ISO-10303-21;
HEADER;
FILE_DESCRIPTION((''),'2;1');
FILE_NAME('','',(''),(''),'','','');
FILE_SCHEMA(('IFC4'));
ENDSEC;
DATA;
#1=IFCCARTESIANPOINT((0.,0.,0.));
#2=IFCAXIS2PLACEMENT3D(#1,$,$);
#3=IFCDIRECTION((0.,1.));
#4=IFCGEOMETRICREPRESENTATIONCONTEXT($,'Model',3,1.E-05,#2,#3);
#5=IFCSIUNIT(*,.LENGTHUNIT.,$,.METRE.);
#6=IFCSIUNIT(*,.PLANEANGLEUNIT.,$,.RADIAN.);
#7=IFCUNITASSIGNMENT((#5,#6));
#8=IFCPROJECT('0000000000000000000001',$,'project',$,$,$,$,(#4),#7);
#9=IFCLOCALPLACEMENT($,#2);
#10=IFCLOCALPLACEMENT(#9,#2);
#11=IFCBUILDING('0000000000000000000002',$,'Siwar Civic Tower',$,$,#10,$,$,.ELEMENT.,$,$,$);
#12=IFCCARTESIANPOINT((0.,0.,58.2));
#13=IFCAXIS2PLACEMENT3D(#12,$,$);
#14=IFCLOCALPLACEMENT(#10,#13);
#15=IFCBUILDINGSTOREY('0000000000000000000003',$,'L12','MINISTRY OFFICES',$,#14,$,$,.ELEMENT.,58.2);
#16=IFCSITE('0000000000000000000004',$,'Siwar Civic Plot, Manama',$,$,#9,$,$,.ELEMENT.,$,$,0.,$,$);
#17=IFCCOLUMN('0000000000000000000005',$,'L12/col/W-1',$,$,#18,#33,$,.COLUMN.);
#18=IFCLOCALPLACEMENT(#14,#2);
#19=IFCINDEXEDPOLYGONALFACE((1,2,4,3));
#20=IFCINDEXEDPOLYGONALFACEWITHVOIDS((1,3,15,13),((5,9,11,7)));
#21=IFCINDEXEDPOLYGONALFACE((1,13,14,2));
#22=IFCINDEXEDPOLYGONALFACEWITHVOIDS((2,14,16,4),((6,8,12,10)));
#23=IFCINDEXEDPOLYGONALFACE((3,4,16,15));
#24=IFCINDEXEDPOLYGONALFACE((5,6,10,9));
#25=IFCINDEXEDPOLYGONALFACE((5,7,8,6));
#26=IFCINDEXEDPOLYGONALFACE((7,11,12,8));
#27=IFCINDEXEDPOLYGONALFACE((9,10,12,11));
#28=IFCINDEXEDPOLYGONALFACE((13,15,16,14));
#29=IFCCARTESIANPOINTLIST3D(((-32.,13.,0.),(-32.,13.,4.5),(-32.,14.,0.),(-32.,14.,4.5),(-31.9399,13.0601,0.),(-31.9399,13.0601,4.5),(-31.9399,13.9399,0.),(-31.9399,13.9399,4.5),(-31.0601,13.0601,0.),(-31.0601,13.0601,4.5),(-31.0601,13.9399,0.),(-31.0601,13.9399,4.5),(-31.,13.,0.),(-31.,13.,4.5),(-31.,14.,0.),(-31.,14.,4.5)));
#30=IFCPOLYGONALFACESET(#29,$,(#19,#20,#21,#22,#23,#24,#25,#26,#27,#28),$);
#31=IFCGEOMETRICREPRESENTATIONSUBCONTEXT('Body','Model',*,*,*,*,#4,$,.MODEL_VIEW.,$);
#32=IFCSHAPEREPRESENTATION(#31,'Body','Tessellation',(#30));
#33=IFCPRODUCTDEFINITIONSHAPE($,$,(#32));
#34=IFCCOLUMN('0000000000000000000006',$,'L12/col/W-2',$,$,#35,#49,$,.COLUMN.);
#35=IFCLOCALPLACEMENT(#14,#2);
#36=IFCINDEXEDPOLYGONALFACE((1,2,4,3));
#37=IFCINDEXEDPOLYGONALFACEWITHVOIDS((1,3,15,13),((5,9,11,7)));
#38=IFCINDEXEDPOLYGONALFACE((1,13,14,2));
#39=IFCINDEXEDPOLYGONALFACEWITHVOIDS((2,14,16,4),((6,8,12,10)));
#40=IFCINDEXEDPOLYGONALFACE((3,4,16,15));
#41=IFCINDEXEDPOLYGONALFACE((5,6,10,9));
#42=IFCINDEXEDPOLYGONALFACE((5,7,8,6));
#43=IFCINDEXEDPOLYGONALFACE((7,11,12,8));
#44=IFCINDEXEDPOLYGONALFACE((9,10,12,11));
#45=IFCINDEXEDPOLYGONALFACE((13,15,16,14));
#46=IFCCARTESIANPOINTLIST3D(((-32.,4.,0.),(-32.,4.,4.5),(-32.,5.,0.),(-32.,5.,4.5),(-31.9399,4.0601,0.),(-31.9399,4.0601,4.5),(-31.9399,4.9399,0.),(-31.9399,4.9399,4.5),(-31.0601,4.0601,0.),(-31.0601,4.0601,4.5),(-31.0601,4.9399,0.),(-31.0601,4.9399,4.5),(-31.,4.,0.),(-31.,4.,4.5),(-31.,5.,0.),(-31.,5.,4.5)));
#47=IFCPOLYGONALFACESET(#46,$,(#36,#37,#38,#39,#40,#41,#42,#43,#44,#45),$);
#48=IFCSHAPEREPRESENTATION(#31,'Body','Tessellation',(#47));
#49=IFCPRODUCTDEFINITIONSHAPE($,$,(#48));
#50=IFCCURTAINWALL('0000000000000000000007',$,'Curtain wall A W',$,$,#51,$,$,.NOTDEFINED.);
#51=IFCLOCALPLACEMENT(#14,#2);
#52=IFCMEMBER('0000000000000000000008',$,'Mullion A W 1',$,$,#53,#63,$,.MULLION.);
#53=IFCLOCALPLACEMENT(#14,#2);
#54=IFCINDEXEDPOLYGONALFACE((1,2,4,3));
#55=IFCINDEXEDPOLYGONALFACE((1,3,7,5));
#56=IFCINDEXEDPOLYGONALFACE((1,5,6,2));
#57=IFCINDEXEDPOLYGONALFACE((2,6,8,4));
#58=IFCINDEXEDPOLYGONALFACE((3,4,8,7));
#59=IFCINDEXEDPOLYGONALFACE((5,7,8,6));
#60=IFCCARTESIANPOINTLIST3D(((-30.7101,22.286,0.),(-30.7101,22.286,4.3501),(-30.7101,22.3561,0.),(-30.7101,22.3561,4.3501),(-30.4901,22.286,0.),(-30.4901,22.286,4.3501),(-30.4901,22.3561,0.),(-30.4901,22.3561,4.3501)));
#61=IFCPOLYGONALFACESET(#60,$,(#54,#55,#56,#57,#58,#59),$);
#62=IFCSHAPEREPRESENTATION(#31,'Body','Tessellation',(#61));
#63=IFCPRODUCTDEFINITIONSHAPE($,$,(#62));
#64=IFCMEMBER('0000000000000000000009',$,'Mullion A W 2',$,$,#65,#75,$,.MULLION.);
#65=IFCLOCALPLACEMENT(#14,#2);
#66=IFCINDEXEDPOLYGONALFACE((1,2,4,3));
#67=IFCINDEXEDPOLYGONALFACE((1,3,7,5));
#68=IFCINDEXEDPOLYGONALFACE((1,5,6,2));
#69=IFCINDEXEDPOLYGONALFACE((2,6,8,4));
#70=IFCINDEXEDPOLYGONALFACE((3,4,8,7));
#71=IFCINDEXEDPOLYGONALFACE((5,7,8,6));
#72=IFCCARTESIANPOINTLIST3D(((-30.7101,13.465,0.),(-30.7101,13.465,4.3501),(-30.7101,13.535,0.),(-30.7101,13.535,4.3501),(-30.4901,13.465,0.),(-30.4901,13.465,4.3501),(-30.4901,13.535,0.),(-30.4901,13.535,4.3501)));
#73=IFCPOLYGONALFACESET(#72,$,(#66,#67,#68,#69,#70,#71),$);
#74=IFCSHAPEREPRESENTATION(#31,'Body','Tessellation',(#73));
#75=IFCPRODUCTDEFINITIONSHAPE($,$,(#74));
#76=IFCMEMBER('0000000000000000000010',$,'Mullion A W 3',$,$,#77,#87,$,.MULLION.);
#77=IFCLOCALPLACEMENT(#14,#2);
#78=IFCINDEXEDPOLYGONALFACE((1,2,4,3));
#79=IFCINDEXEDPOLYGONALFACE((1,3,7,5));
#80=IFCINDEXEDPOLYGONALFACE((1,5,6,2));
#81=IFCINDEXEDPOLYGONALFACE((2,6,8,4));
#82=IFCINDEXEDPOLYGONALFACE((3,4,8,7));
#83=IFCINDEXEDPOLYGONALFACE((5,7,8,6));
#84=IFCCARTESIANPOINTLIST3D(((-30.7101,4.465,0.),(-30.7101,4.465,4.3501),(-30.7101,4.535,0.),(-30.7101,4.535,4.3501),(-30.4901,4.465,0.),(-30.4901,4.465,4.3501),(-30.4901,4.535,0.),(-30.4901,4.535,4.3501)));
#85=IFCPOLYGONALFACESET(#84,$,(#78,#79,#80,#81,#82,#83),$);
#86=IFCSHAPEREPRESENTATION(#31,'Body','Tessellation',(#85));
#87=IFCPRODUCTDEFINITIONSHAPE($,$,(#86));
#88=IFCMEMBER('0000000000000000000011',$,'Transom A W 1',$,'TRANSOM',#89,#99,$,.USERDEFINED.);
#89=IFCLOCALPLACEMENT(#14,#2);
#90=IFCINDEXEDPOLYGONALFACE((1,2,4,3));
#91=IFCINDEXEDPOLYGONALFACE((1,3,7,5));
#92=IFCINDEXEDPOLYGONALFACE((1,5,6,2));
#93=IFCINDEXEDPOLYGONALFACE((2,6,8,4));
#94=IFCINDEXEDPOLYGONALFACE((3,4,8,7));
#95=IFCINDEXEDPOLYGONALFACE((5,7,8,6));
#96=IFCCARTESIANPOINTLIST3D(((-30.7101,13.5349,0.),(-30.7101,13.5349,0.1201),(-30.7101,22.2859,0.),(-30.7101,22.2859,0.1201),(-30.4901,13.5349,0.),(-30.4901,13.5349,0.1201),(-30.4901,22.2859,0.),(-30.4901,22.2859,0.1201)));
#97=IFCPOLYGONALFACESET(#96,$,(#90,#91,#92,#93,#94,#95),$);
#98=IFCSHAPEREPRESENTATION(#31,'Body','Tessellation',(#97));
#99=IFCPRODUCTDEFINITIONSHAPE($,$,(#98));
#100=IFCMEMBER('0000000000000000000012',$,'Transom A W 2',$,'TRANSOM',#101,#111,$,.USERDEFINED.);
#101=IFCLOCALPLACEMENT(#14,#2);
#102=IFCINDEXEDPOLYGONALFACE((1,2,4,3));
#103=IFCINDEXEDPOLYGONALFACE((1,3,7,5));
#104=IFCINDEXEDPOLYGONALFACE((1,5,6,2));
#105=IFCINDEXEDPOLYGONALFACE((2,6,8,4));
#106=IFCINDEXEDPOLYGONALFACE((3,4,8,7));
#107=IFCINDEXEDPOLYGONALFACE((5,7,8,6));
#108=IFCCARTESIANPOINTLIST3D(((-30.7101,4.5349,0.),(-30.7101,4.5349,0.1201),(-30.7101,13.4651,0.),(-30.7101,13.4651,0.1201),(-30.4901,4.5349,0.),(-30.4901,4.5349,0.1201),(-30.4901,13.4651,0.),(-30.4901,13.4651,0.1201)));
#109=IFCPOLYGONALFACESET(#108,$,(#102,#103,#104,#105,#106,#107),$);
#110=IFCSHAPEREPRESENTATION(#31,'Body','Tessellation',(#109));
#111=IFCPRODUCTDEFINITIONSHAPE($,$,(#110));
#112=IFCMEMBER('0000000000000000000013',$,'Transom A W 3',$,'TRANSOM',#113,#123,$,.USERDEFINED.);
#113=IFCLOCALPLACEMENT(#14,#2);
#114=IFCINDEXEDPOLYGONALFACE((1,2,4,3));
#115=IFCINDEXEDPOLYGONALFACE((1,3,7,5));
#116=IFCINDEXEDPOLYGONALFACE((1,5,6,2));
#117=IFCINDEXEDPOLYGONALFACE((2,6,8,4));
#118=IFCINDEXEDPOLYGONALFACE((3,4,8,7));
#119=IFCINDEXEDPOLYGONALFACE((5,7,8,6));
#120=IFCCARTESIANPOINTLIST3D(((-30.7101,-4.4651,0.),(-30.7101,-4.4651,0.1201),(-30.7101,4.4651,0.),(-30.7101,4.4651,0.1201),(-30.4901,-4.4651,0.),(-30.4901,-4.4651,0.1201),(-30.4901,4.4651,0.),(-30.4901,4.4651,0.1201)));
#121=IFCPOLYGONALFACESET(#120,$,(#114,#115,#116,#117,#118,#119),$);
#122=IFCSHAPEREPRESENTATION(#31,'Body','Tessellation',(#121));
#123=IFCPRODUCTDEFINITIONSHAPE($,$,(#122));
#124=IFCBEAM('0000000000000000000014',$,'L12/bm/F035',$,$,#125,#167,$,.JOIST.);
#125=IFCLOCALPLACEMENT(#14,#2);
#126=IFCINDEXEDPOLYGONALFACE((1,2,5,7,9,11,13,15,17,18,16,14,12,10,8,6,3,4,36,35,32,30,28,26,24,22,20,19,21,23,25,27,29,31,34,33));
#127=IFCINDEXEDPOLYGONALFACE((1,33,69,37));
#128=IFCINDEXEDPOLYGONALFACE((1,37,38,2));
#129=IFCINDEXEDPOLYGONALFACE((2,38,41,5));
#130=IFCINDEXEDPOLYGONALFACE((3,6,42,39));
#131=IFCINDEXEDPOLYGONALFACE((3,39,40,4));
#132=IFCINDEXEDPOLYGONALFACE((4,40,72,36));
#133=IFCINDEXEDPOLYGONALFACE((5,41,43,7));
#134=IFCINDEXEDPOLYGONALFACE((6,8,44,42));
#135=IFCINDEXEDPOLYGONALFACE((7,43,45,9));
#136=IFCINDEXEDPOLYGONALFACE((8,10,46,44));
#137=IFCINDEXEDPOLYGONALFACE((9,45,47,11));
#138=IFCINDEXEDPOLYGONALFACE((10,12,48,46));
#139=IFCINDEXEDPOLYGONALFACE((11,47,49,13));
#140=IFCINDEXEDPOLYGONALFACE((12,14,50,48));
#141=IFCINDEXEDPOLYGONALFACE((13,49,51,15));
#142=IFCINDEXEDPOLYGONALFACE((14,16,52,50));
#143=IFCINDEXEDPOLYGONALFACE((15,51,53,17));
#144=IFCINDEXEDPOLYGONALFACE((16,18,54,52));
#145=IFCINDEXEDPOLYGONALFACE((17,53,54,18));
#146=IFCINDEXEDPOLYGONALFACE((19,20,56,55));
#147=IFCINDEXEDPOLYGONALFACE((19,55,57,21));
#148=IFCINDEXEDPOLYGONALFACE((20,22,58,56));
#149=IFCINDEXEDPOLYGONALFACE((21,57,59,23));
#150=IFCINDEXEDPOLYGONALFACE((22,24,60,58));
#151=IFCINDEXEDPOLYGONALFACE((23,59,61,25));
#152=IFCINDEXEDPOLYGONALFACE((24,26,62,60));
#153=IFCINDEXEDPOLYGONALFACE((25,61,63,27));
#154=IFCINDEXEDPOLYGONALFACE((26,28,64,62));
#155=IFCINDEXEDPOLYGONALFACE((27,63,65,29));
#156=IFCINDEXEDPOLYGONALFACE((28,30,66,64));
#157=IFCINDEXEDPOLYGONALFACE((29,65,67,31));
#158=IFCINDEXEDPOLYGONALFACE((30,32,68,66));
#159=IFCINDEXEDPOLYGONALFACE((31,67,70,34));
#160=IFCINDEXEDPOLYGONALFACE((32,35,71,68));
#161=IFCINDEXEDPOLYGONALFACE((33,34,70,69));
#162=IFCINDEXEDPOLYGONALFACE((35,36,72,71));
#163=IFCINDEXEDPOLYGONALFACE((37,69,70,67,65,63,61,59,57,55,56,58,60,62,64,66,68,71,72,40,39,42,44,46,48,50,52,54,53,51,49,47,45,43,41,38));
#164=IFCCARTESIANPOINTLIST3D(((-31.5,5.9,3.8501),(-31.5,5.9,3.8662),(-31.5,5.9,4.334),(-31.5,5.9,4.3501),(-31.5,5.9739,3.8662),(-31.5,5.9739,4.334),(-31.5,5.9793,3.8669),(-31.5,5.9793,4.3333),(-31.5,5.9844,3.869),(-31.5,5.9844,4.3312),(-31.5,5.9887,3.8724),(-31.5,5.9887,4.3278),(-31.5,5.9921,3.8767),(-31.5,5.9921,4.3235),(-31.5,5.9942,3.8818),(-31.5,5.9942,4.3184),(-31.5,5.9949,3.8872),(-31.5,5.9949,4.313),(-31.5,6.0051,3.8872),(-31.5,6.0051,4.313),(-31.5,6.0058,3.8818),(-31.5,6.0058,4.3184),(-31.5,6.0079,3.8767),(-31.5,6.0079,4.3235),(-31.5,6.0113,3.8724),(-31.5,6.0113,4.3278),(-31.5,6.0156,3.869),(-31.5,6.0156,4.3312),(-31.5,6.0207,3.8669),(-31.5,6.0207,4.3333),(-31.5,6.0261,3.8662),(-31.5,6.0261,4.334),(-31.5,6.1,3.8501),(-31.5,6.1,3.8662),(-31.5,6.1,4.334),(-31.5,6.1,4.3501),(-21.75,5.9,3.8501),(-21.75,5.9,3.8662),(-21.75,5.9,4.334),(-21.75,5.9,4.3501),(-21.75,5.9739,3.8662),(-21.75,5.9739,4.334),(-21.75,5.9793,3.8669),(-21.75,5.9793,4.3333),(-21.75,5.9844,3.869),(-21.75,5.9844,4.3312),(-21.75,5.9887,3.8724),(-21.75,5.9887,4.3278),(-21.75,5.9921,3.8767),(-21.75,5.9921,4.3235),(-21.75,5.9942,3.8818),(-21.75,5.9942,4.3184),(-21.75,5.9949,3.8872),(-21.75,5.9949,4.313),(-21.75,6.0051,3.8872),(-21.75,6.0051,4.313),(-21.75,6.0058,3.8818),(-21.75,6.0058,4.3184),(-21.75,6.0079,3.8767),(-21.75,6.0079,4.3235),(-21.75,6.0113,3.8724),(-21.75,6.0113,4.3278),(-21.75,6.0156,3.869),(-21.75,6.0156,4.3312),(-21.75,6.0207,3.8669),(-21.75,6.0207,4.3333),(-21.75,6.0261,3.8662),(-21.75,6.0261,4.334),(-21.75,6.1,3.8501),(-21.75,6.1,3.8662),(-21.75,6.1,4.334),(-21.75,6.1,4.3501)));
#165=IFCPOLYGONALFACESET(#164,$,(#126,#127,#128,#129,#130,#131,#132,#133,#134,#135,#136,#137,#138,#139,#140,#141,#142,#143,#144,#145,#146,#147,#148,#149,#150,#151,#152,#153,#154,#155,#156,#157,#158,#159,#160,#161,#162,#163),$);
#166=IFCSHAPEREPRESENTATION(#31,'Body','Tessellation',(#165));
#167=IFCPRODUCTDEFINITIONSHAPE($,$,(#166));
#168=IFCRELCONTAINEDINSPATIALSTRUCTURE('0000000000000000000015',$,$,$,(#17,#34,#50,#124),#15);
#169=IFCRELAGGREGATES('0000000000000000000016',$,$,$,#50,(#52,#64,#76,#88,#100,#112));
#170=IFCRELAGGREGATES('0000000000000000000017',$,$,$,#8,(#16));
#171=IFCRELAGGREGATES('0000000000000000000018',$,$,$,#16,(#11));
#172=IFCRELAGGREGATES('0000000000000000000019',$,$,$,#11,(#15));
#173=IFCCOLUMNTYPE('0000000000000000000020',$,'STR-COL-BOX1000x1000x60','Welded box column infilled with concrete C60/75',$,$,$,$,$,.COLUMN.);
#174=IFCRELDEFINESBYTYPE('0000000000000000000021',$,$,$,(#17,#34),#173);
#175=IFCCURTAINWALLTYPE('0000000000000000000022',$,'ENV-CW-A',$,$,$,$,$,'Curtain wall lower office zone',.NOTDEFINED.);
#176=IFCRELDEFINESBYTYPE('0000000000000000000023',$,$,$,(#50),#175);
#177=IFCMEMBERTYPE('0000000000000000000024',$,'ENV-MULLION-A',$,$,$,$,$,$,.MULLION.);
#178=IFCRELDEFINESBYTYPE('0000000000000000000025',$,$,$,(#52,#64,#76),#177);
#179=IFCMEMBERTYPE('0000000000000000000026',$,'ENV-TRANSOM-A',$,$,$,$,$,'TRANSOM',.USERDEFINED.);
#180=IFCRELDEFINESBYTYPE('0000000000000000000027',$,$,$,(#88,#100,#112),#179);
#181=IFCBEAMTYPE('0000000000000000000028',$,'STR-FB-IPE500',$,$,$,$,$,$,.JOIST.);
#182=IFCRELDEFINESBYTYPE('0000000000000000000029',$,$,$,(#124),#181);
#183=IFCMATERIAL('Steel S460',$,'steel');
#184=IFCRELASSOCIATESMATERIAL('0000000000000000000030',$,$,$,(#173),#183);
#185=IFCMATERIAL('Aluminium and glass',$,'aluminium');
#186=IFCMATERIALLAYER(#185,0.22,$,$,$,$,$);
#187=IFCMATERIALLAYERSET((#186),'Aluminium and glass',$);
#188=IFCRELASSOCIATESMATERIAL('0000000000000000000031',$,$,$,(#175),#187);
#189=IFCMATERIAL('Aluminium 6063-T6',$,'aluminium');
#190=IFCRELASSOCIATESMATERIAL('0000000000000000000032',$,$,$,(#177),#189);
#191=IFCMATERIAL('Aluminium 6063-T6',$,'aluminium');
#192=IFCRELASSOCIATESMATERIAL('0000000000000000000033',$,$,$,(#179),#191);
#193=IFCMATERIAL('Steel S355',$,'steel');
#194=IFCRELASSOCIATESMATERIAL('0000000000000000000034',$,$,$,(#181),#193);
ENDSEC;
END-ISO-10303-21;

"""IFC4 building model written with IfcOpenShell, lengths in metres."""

from ifc_helpers import new_model, si_unit, direction, frame, origin, origin_2d, place, context, subcontext, project, spatial, rectangle, hollow_rectangle, i_section, extrude, material, layer, layer_set, material_profile, profile_set, type_object, element, aggregate, save


model = new_model("IFC4")

# Units and contexts
model_context = context("Model", 3, precision=1e-05, world=origin(), true_north=direction((0.0, 1.0)))
body_context = subcontext(model_context, "Body", "Model", "MODEL_VIEW")
ifc_project = project(units=[si_unit("LENGTHUNIT", "METRE"), si_unit("PLANEANGLEUNIT", "RADIAN")], contexts=[model_context])

# Site, building, storey
site_placement = place(None, origin())
site = spatial("IfcSite", under=ifc_project, at=site_placement, Name="Siwar Civic Plot, Manama", CompositionType="ELEMENT", RefElevation=0.0)
building_placement = place(site_placement, origin())
building = spatial("IfcBuilding", under=site, at=building_placement, Name="Siwar Civic Tower", CompositionType="ELEMENT")
storey_placement = place(building_placement, frame((0.0, 0.0, 58.2)))
storey = spatial("IfcBuildingStorey", under=building, at=storey_placement, Name="L12", Description="MINISTRY OFFICES", CompositionType="ELEMENT", Elevation=58.2)

# Columns
ifc_material_1 = material(Name="Steel S460", Category="steel")
ifc_material_profile_1 = material_profile(ifc_material_1, hollow_rectangle(XDim=1.0, YDim=1.0, WallThickness=0.0601, at=origin_2d()), Name="BOX1000x1000x60")
ifc_profile_set_1 = profile_set([ifc_material_profile_1], Name="Steel S460")
column_type = type_object("IfcColumnType", Name="STR-COL-BOX1000x1000x60", Description="Welded box column infilled with concrete C60/75", PredefinedType="COLUMN", material=ifc_profile_set_1)
for number, where, z_axis, x_axis, name in (
    (1, (-31.5, 13.5, 0.0), (0.0, 0.0, 1.0), (1.0, 0.0, 0.0), "L12/col/W-1"),
    (2, (-31.5, 4.5, 0.0), (0.0, 0.0, 1.0), (1.0, 0.0, 0.0), "L12/col/W-2"),
):
    element("IfcColumn", number, at=place(storey_placement, frame(where, z_axis=z_axis, x_axis=x_axis)), inside=storey, type_object=column_type, Name=name, PredefinedType="COLUMN", context=body_context, shape_type="SweptSolid", body=[
        extrude(hollow_rectangle(XDim=1.0, YDim=1.0, WallThickness=0.0601, at=origin_2d()), origin(), (0.0, 0.0, 1.0), 4.5),
    ])

# Curtain wall, members
ifc_material_2 = material(Name="Aluminium and glass", Category="aluminium")
ifc_layer_1 = layer(ifc_material_2, 0.22)
ifc_layer_set_1 = layer_set([ifc_layer_1], Name="Aluminium and glass")
curtain_wall_type = type_object("IfcCurtainWallType", Name="ENV-CW-A", ElementType="Curtain wall lower office zone", PredefinedType="NOTDEFINED", material=ifc_layer_set_1)
curtain_wall_placement = place(storey_placement, origin())
curtain_wall = element("IfcCurtainWall", 3, at=curtain_wall_placement, inside=storey, type_object=curtain_wall_type, Name="Curtain wall A W", PredefinedType="NOTDEFINED")
ifc_material_3 = material(Name="Aluminium 6063-T6", Category="aluminium")
ifc_material_profile_2 = material_profile(ifc_material_3, rectangle(XDim=0.22, YDim=0.0701, at=origin_2d()), Name="AL 220x70")
ifc_profile_set_2 = profile_set([ifc_material_profile_2], Name="Aluminium 6063-T6")
member_type_1 = type_object("IfcMemberType", Name="ENV-MULLION-A", PredefinedType="MULLION", material=ifc_profile_set_2)
member_1_placement = place(storey_placement, frame((-30.6001, 22.321, 0.0), z_axis=(0.0, 0.0, 1.0), x_axis=(1.0, 0.0, 0.0)))
member_1 = element("IfcMember", 4, at=member_1_placement, type_object=member_type_1, Name="Mullion A W 1", PredefinedType="MULLION", context=body_context, shape_type="SweptSolid", body=[
    extrude(rectangle(XDim=0.22, YDim=0.0701, at=origin_2d()), origin(), (0.0, 0.0, 1.0), 4.3501),
])
member_2_placement = place(storey_placement, frame((-30.6001, 13.5, 0.0), z_axis=(0.0, 0.0, 1.0), x_axis=(1.0, 0.0, 0.0)))
member_2 = element("IfcMember", 5, at=member_2_placement, type_object=member_type_1, Name="Mullion A W 2", PredefinedType="MULLION", context=body_context, shape_type="SweptSolid", body=[
    extrude(rectangle(XDim=0.22, YDim=0.0701, at=origin_2d()), origin(), (0.0, 0.0, 1.0), 4.3501),
])
member_3_placement = place(storey_placement, frame((-30.6001, 4.5, 0.0), z_axis=(0.0, 0.0, 1.0), x_axis=(1.0, 0.0, 0.0)))
member_3 = element("IfcMember", 6, at=member_3_placement, type_object=member_type_1, Name="Mullion A W 3", PredefinedType="MULLION", context=body_context, shape_type="SweptSolid", body=[
    extrude(rectangle(XDim=0.22, YDim=0.0701, at=origin_2d()), origin(), (0.0, 0.0, 1.0), 4.3501),
])
ifc_material_4 = material(Name="Aluminium 6063-T6", Category="aluminium")
ifc_material_profile_3 = material_profile(ifc_material_4, rectangle(XDim=0.22, YDim=0.1201, at=origin_2d()), Name="AL 220x120")
ifc_profile_set_3 = profile_set([ifc_material_profile_3], Name="Aluminium 6063-T6")
member_type_2 = type_object("IfcMemberType", Name="ENV-TRANSOM-A", ElementType="TRANSOM", PredefinedType="USERDEFINED", material=ifc_profile_set_3)
member_4_placement = place(storey_placement, frame((-30.6001, 22.2859, 0.0601), z_axis=(0.0, -1.0, 0.0), x_axis=(1.0, 0.0, 0.0)))
member_4 = element("IfcMember", 7, at=member_4_placement, type_object=member_type_2, Name="Transom A W 1", ObjectType="TRANSOM", PredefinedType="USERDEFINED", context=body_context, shape_type="SweptSolid", body=[
    extrude(rectangle(XDim=0.22, YDim=0.1201, at=origin_2d()), origin(), (0.0, 0.0, 1.0), 8.751),
])
member_5_placement = place(storey_placement, frame((-30.6001, 13.4651, 0.0601), z_axis=(0.0, -1.0, 0.0), x_axis=(1.0, 0.0, 0.0)))
member_5 = element("IfcMember", 8, at=member_5_placement, type_object=member_type_2, Name="Transom A W 2", ObjectType="TRANSOM", PredefinedType="USERDEFINED", context=body_context, shape_type="SweptSolid", body=[
    extrude(rectangle(XDim=0.22, YDim=0.1201, at=origin_2d()), origin(), (0.0, 0.0, 1.0), 8.9302),
])
member_6_placement = place(storey_placement, frame((-30.6001, 4.4651, 0.0601), z_axis=(0.0, -1.0, 0.0), x_axis=(1.0, 0.0, 0.0)))
member_6 = element("IfcMember", 9, at=member_6_placement, type_object=member_type_2, Name="Transom A W 3", ObjectType="TRANSOM", PredefinedType="USERDEFINED", context=body_context, shape_type="SweptSolid", body=[
    extrude(rectangle(XDim=0.22, YDim=0.1201, at=origin_2d()), origin(), (0.0, 0.0, 1.0), 8.9302),
])

# Beam
ifc_material_5 = material(Name="Steel S355", Category="steel")
ifc_material_profile_4 = material_profile(ifc_material_5, i_section(OverallWidth=0.2, OverallDepth=0.5, WebThickness=0.0103, FlangeThickness=0.0161, FilletRadius=0.021, at=origin_2d()), Name="IPE500")
ifc_profile_set_4 = profile_set([ifc_material_profile_4], Name="Steel S355")
beam_type_1 = type_object("IfcBeamType", Name="STR-FB-IPE500", PredefinedType="JOIST", material=ifc_profile_set_4)
beam_1_placement = place(storey_placement, frame((-31.5, 6.0, 4.1001), z_axis=(1.0, 0.0, 0.0), x_axis=(0.0, 1.0, 0.0)))
element("IfcBeam", 10, at=beam_1_placement, inside=storey, type_object=beam_type_1, Name="L12/bm/F035", PredefinedType="JOIST", context=body_context, shape_type="SweptSolid", body=[
    extrude(i_section(OverallWidth=0.2, OverallDepth=0.5, WebThickness=0.0103, FlangeThickness=0.0161, FilletRadius=0.021, at=origin_2d()), origin(), (0.0, 0.0, 1.0), 9.75),
])

aggregate(curtain_wall, [member_1, member_2, member_3, member_4, member_5, member_6])

save(model, "model.ifc")
